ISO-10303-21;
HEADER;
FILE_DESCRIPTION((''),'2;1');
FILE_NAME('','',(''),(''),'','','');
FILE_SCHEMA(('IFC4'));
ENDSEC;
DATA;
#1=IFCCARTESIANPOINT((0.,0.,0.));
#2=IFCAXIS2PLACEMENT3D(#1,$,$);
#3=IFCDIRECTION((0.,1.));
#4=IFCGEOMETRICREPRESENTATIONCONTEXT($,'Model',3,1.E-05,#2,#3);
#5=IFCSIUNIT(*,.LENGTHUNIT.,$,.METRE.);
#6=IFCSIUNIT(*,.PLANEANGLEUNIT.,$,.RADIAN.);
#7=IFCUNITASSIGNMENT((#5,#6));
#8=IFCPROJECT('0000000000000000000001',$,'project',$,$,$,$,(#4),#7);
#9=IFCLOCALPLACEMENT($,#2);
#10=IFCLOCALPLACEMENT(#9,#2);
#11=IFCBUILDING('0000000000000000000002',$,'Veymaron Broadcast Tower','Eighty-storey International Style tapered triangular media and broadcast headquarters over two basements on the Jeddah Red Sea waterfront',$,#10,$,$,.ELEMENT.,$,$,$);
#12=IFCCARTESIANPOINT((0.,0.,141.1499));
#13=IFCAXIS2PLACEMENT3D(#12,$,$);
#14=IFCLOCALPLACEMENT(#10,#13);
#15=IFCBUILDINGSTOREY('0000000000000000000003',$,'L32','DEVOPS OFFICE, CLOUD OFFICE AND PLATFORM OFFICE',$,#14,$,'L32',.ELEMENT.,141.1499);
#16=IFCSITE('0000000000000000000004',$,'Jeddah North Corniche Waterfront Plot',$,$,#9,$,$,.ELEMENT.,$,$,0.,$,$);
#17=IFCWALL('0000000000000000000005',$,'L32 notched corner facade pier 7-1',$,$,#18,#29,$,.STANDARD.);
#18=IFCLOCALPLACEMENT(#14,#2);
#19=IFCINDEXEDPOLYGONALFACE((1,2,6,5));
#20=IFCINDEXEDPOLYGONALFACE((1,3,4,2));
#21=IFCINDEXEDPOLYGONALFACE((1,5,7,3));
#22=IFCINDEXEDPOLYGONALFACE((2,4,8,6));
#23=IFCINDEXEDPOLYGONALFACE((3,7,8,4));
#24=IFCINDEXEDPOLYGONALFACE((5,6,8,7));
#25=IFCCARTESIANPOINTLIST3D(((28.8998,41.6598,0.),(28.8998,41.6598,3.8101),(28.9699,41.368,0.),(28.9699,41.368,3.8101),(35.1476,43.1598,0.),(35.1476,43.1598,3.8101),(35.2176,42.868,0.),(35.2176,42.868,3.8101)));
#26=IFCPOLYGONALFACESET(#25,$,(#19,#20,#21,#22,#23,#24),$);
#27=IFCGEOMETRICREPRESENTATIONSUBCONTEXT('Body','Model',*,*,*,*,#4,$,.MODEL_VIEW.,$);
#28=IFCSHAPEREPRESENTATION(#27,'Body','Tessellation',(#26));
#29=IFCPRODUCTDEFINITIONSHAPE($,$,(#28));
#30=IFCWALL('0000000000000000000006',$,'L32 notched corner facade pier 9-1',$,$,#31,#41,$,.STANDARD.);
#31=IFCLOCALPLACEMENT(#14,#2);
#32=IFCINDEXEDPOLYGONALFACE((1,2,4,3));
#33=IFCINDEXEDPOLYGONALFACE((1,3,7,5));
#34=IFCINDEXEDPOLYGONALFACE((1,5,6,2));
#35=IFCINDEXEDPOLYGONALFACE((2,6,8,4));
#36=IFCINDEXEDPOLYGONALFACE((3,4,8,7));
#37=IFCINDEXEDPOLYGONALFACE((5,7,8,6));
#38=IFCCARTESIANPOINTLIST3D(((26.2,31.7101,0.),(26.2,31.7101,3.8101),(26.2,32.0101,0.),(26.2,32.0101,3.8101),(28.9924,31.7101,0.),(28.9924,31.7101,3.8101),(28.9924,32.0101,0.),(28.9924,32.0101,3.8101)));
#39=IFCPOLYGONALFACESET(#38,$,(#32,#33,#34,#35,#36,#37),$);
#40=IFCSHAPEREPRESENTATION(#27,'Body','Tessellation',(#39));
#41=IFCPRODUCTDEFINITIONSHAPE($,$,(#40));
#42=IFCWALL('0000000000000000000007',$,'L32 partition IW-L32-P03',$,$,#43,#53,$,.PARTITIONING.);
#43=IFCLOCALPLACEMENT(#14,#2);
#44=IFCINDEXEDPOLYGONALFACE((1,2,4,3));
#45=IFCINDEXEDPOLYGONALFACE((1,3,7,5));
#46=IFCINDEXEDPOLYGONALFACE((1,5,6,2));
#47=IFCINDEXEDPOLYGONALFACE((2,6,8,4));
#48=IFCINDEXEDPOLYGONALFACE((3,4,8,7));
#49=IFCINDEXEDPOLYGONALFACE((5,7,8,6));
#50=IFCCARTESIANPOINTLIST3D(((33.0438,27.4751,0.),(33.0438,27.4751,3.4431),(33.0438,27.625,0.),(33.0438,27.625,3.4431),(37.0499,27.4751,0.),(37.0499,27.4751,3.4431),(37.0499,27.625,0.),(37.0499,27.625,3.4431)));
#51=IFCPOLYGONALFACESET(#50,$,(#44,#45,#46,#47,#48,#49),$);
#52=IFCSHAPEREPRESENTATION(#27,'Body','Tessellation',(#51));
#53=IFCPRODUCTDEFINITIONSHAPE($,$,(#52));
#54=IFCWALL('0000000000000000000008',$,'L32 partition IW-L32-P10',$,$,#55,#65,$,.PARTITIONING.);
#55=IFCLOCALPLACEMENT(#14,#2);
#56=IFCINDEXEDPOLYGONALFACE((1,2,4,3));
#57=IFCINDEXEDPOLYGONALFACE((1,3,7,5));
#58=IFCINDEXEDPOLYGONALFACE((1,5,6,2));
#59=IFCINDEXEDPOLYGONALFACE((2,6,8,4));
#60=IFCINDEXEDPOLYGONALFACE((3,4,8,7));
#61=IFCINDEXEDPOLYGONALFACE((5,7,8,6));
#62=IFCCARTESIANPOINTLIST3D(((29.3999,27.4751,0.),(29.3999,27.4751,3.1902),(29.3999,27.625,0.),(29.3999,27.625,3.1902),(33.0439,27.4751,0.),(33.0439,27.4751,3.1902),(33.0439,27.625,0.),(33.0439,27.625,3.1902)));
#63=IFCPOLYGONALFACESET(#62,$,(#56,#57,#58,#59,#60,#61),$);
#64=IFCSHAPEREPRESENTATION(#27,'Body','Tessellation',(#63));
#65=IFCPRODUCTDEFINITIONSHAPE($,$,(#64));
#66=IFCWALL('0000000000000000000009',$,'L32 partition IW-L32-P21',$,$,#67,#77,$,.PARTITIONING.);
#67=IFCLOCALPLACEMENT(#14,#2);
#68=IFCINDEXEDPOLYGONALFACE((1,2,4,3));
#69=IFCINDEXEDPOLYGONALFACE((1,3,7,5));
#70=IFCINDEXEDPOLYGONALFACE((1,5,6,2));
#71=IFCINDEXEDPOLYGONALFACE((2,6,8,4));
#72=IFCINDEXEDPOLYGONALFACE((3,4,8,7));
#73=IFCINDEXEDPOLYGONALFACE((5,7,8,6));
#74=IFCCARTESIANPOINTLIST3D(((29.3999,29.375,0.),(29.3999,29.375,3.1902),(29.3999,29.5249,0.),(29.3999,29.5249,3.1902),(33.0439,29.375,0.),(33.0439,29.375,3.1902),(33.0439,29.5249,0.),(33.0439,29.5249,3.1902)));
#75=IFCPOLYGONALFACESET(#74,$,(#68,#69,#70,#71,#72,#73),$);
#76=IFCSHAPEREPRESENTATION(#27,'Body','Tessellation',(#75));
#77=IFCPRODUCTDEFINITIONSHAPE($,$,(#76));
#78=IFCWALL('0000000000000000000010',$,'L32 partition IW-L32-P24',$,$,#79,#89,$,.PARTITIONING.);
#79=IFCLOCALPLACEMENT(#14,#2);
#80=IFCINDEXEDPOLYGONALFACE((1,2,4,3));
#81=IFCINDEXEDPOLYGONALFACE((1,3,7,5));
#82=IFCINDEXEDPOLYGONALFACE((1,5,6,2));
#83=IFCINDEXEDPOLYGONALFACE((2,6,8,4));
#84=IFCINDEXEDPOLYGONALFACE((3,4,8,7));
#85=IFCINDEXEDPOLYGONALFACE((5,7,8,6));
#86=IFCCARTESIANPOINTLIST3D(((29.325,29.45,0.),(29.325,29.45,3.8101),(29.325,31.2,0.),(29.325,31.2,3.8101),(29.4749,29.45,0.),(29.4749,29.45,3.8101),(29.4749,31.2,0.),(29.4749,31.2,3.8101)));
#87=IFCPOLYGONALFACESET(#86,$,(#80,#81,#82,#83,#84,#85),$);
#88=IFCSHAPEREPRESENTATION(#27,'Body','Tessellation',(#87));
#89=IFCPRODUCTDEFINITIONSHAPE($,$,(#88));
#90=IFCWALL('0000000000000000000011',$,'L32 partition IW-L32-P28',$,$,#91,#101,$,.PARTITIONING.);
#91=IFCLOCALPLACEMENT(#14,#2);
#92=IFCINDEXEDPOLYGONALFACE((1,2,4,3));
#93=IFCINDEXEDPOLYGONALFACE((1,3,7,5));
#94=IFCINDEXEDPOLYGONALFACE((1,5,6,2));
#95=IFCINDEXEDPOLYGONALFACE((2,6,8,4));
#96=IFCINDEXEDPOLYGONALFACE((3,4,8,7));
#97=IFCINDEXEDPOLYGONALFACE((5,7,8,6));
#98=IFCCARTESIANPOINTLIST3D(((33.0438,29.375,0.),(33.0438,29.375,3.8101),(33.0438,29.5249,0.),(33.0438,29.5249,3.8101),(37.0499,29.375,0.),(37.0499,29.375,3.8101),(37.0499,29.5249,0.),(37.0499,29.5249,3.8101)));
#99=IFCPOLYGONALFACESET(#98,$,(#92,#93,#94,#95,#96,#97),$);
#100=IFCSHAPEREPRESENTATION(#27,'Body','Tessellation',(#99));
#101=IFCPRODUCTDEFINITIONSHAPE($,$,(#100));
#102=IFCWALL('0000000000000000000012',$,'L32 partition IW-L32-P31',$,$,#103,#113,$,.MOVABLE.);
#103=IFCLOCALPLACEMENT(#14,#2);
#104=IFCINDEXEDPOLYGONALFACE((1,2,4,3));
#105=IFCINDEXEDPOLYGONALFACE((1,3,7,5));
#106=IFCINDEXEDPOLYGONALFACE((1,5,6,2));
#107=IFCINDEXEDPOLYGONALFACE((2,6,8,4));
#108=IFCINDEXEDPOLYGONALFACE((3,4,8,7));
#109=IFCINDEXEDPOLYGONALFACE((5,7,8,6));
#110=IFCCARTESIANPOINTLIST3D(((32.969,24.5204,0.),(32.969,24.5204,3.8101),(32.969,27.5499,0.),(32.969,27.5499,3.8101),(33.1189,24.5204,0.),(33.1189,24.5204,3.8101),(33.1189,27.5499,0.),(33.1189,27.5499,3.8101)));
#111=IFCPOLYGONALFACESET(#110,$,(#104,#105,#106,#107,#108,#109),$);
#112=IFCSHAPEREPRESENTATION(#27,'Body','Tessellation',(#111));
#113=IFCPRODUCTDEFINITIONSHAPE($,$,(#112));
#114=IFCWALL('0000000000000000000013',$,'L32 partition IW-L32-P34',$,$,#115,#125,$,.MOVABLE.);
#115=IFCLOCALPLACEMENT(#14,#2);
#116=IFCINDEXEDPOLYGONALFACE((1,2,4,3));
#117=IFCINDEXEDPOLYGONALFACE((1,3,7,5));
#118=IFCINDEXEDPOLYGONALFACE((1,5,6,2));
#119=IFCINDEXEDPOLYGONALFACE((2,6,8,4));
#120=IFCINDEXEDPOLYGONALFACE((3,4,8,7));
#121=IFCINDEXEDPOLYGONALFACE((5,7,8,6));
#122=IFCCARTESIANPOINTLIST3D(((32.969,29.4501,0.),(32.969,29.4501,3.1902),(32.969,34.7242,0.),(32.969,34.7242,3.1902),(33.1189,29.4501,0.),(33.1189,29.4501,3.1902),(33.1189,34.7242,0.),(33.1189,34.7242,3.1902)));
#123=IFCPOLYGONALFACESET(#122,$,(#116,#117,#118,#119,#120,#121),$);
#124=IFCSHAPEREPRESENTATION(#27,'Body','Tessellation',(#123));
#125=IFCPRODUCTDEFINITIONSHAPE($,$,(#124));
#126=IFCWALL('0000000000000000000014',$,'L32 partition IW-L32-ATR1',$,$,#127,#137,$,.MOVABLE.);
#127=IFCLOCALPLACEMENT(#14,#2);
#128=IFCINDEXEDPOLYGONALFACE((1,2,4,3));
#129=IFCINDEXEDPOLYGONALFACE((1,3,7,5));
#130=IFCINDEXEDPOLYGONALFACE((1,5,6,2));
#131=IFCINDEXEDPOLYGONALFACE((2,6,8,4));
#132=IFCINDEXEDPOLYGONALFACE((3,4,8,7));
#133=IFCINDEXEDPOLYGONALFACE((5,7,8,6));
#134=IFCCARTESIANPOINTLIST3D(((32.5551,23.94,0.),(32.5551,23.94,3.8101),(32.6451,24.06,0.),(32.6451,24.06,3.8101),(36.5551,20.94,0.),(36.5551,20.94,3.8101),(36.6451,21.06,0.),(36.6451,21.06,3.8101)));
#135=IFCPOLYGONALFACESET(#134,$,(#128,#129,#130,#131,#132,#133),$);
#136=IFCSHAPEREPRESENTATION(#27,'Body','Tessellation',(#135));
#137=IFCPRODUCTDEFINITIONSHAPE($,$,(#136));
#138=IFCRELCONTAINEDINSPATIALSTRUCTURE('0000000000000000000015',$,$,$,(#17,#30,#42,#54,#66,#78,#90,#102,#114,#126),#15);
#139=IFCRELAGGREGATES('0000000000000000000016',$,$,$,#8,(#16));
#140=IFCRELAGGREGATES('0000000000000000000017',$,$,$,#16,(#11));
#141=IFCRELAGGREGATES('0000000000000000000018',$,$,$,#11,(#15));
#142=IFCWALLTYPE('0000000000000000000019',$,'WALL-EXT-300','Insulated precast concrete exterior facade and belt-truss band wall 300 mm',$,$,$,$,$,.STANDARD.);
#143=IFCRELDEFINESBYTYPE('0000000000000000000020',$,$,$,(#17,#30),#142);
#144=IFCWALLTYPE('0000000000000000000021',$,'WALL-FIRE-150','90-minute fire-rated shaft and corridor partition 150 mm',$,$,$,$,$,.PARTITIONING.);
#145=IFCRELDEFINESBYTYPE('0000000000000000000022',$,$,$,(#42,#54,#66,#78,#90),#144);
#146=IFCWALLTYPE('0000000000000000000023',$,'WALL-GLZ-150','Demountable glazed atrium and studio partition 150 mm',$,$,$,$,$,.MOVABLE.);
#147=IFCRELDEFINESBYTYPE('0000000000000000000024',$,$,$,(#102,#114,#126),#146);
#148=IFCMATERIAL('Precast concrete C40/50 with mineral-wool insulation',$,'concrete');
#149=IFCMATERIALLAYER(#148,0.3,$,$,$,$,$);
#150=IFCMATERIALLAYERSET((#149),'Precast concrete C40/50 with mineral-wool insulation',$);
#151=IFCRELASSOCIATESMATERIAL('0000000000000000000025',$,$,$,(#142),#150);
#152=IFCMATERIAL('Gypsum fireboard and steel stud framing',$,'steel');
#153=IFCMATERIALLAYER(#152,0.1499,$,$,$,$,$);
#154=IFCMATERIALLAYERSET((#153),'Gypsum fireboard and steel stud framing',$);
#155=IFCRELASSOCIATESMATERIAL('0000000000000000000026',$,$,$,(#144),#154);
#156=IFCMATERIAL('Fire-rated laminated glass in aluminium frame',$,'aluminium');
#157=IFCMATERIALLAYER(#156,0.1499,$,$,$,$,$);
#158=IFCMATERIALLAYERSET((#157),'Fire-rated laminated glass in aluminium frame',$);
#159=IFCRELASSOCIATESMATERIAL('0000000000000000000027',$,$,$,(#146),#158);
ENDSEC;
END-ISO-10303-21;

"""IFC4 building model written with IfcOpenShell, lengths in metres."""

from ifc_helpers import new_model, si_unit, direction, frame, frame_2d, origin, place, context, subcontext, project, spatial, rectangle, extrude, material, layer, layer_set, type_object, element, save


model = new_model("IFC4")

# Units and contexts
model_context = context("Model", 3, precision=1e-05, world=origin(), true_north=direction((0.0, 1.0)))
body_context = subcontext(model_context, "Body", "Model", "MODEL_VIEW")
ifc_project = project(units=[si_unit("LENGTHUNIT", "METRE"), si_unit("PLANEANGLEUNIT", "RADIAN")], contexts=[model_context])

# Site, building, storey
site_placement = place(None, origin())
site = spatial("IfcSite", under=ifc_project, at=site_placement, Name="Jeddah North Corniche Waterfront Plot", CompositionType="ELEMENT", RefElevation=0.0)
building_placement = place(site_placement, origin())
building = spatial("IfcBuilding", under=site, at=building_placement, Name="Veymaron Broadcast Tower", Description="Eighty-storey International Style tapered triangular media and broadcast headquarters over two basements on the Jeddah Red Sea waterfront", CompositionType="ELEMENT")
storey_placement = place(building_placement, frame((0.0, 0.0, 141.1499)))
storey = spatial("IfcBuildingStorey", under=building, at=storey_placement, Name="L32", Description="DEVOPS OFFICE, CLOUD OFFICE AND PLATFORM OFFICE", LongName="L32", CompositionType="ELEMENT", Elevation=141.1499)

# Walls
ifc_material_1 = material(Name="Precast concrete C40/50 with mineral-wool insulation", Category="concrete")
ifc_layer_1 = layer(ifc_material_1, 0.3)
ifc_layer_set_1 = layer_set([ifc_layer_1], Name="Precast concrete C40/50 with mineral-wool insulation")
wall_type_1 = type_object("IfcWallType", Name="WALL-EXT-300", Description="Insulated precast concrete exterior facade and belt-truss band wall 300 mm", PredefinedType="STANDARD", material=ifc_layer_set_1)
wall_1_placement = place(storey_placement, frame((35.1826, 43.0139, 0.0), z_axis=(0.0, 0.0, 1.0), x_axis=(-0.972369, -0.233451, 0.0)))
element("IfcWall", 1, at=wall_1_placement, inside=storey, type_object=wall_type_1, Name="L32 notched corner facade pier 7-1", PredefinedType="STANDARD", context=body_context, shape_type="SweptSolid", body=[
    extrude(rectangle(XDim=6.4253, YDim=0.3, at=frame_2d((3.2126, 0.0))), origin(), (0.0, 0.0, 1.0), 3.8101),
])
wall_2_placement = place(storey_placement, frame((28.9924, 31.8601, 0.0), z_axis=(0.0, 0.0, 1.0), x_axis=(-1.0, 0.0, 0.0)))
element("IfcWall", 2, at=wall_2_placement, inside=storey, type_object=wall_type_1, Name="L32 notched corner facade pier 9-1", PredefinedType="STANDARD", context=body_context, shape_type="SweptSolid", body=[
    extrude(rectangle(XDim=2.7925, YDim=0.3, at=frame_2d((1.3962, 0.0))), origin(), (0.0, 0.0, 1.0), 3.8101),
])
ifc_material_2 = material(Name="Gypsum fireboard and steel stud framing", Category="steel")
ifc_layer_2 = layer(ifc_material_2, 0.1499)
ifc_layer_set_2 = layer_set([ifc_layer_2], Name="Gypsum fireboard and steel stud framing")
wall_type_2 = type_object("IfcWallType", Name="WALL-FIRE-150", Description="90-minute fire-rated shaft and corridor partition 150 mm", PredefinedType="PARTITIONING", material=ifc_layer_set_2)
wall_3_placement = place(storey_placement, frame((33.0439, 27.55, 0.0), z_axis=(0.0, 0.0, 1.0), x_axis=(1.0, 0.0, 0.0)))
element("IfcWall", 3, at=wall_3_placement, inside=storey, type_object=wall_type_2, Name="L32 partition IW-L32-P03", PredefinedType="PARTITIONING", context=body_context, shape_type="SweptSolid", body=[
    extrude(rectangle(XDim=4.0061, YDim=0.1499, at=frame_2d((2.0029, 0.0))), origin(), (0.0, 0.0, 1.0), 3.4431),
])
for number, where, z_axis, x_axis, name in (
    (4, (29.3999, 27.55, 0.0), (0.0, 0.0, 1.0), (1.0, 0.0, 0.0), "L32 partition IW-L32-P10"),
    (5, (29.3999, 29.45, 0.0), (0.0, 0.0, 1.0), (1.0, 0.0, 0.0), "L32 partition IW-L32-P21"),
):
    element("IfcWall", number, at=place(storey_placement, frame(where, z_axis=z_axis, x_axis=x_axis)), inside=storey, type_object=wall_type_2, Name=name, PredefinedType="PARTITIONING", context=body_context, shape_type="SweptSolid", body=[
        extrude(rectangle(XDim=3.644, YDim=0.1499, at=frame_2d((1.822, 0.0))), origin(), (0.0, 0.0, 1.0), 3.1902),
    ])
wall_4_placement = place(storey_placement, frame((29.3999, 29.45, 0.0), z_axis=(0.0, 0.0, 1.0), x_axis=(0.0, 1.0, 0.0)))
element("IfcWall", 6, at=wall_4_placement, inside=storey, type_object=wall_type_2, Name="L32 partition IW-L32-P24", PredefinedType="PARTITIONING", context=body_context, shape_type="SweptSolid", body=[
    extrude(rectangle(XDim=1.75, YDim=0.1499, at=frame_2d((0.875, 0.0))), origin(), (0.0, 0.0, 1.0), 3.8101),
])
wall_5_placement = place(storey_placement, frame((33.0439, 29.45, 0.0), z_axis=(0.0, 0.0, 1.0), x_axis=(1.0, 0.0, 0.0)))
element("IfcWall", 7, at=wall_5_placement, inside=storey, type_object=wall_type_2, Name="L32 partition IW-L32-P28", PredefinedType="PARTITIONING", context=body_context, shape_type="SweptSolid", body=[
    extrude(rectangle(XDim=4.0061, YDim=0.1499, at=frame_2d((2.0029, 0.0))), origin(), (0.0, 0.0, 1.0), 3.8101),
])
ifc_material_3 = material(Name="Fire-rated laminated glass in aluminium frame", Category="aluminium")
ifc_layer_3 = layer(ifc_material_3, 0.1499)
ifc_layer_set_3 = layer_set([ifc_layer_3], Name="Fire-rated laminated glass in aluminium frame")
wall_type_3 = type_object("IfcWallType", Name="WALL-GLZ-150", Description="Demountable glazed atrium and studio partition 150 mm", PredefinedType="MOVABLE", material=ifc_layer_set_3)
wall_6_placement = place(storey_placement, frame((33.0439, 24.5205, 0.0), z_axis=(0.0, 0.0, 1.0), x_axis=(0.0, 1.0, 0.0)))
element("IfcWall", 8, at=wall_6_placement, inside=storey, type_object=wall_type_3, Name="L32 partition IW-L32-P31", PredefinedType="MOVABLE", context=body_context, shape_type="SweptSolid", body=[
    extrude(rectangle(XDim=3.0295, YDim=0.1499, at=frame_2d((1.5146, 0.0))), origin(), (0.0, 0.0, 1.0), 3.8101),
])
wall_7_placement = place(storey_placement, frame((33.0439, 29.45, 0.0), z_axis=(0.0, 0.0, 1.0), x_axis=(0.0, 1.0, 0.0)))
element("IfcWall", 9, at=wall_7_placement, inside=storey, type_object=wall_type_3, Name="L32 partition IW-L32-P34", PredefinedType="MOVABLE", context=body_context, shape_type="SweptSolid", body=[
    extrude(rectangle(XDim=5.2742, YDim=0.1499, at=frame_2d((2.6372, 0.0))), origin(), (0.0, 0.0, 1.0), 3.1902),
])
wall_8_placement = place(storey_placement, frame((32.6001, 24.0, 0.0), z_axis=(0.0, 0.0, 1.0), x_axis=(0.8, -0.6, 0.0)))
element("IfcWall", 10, at=wall_8_placement, inside=storey, type_object=wall_type_3, Name="L32 partition IW-L32-ATR1", PredefinedType="MOVABLE", context=body_context, shape_type="SweptSolid", body=[
    extrude(rectangle(XDim=5.0, YDim=0.1499, at=frame_2d((2.5, 0.0))), origin(), (0.0, 0.0, 1.0), 3.8101),
])

save(model, "model.ifc")
